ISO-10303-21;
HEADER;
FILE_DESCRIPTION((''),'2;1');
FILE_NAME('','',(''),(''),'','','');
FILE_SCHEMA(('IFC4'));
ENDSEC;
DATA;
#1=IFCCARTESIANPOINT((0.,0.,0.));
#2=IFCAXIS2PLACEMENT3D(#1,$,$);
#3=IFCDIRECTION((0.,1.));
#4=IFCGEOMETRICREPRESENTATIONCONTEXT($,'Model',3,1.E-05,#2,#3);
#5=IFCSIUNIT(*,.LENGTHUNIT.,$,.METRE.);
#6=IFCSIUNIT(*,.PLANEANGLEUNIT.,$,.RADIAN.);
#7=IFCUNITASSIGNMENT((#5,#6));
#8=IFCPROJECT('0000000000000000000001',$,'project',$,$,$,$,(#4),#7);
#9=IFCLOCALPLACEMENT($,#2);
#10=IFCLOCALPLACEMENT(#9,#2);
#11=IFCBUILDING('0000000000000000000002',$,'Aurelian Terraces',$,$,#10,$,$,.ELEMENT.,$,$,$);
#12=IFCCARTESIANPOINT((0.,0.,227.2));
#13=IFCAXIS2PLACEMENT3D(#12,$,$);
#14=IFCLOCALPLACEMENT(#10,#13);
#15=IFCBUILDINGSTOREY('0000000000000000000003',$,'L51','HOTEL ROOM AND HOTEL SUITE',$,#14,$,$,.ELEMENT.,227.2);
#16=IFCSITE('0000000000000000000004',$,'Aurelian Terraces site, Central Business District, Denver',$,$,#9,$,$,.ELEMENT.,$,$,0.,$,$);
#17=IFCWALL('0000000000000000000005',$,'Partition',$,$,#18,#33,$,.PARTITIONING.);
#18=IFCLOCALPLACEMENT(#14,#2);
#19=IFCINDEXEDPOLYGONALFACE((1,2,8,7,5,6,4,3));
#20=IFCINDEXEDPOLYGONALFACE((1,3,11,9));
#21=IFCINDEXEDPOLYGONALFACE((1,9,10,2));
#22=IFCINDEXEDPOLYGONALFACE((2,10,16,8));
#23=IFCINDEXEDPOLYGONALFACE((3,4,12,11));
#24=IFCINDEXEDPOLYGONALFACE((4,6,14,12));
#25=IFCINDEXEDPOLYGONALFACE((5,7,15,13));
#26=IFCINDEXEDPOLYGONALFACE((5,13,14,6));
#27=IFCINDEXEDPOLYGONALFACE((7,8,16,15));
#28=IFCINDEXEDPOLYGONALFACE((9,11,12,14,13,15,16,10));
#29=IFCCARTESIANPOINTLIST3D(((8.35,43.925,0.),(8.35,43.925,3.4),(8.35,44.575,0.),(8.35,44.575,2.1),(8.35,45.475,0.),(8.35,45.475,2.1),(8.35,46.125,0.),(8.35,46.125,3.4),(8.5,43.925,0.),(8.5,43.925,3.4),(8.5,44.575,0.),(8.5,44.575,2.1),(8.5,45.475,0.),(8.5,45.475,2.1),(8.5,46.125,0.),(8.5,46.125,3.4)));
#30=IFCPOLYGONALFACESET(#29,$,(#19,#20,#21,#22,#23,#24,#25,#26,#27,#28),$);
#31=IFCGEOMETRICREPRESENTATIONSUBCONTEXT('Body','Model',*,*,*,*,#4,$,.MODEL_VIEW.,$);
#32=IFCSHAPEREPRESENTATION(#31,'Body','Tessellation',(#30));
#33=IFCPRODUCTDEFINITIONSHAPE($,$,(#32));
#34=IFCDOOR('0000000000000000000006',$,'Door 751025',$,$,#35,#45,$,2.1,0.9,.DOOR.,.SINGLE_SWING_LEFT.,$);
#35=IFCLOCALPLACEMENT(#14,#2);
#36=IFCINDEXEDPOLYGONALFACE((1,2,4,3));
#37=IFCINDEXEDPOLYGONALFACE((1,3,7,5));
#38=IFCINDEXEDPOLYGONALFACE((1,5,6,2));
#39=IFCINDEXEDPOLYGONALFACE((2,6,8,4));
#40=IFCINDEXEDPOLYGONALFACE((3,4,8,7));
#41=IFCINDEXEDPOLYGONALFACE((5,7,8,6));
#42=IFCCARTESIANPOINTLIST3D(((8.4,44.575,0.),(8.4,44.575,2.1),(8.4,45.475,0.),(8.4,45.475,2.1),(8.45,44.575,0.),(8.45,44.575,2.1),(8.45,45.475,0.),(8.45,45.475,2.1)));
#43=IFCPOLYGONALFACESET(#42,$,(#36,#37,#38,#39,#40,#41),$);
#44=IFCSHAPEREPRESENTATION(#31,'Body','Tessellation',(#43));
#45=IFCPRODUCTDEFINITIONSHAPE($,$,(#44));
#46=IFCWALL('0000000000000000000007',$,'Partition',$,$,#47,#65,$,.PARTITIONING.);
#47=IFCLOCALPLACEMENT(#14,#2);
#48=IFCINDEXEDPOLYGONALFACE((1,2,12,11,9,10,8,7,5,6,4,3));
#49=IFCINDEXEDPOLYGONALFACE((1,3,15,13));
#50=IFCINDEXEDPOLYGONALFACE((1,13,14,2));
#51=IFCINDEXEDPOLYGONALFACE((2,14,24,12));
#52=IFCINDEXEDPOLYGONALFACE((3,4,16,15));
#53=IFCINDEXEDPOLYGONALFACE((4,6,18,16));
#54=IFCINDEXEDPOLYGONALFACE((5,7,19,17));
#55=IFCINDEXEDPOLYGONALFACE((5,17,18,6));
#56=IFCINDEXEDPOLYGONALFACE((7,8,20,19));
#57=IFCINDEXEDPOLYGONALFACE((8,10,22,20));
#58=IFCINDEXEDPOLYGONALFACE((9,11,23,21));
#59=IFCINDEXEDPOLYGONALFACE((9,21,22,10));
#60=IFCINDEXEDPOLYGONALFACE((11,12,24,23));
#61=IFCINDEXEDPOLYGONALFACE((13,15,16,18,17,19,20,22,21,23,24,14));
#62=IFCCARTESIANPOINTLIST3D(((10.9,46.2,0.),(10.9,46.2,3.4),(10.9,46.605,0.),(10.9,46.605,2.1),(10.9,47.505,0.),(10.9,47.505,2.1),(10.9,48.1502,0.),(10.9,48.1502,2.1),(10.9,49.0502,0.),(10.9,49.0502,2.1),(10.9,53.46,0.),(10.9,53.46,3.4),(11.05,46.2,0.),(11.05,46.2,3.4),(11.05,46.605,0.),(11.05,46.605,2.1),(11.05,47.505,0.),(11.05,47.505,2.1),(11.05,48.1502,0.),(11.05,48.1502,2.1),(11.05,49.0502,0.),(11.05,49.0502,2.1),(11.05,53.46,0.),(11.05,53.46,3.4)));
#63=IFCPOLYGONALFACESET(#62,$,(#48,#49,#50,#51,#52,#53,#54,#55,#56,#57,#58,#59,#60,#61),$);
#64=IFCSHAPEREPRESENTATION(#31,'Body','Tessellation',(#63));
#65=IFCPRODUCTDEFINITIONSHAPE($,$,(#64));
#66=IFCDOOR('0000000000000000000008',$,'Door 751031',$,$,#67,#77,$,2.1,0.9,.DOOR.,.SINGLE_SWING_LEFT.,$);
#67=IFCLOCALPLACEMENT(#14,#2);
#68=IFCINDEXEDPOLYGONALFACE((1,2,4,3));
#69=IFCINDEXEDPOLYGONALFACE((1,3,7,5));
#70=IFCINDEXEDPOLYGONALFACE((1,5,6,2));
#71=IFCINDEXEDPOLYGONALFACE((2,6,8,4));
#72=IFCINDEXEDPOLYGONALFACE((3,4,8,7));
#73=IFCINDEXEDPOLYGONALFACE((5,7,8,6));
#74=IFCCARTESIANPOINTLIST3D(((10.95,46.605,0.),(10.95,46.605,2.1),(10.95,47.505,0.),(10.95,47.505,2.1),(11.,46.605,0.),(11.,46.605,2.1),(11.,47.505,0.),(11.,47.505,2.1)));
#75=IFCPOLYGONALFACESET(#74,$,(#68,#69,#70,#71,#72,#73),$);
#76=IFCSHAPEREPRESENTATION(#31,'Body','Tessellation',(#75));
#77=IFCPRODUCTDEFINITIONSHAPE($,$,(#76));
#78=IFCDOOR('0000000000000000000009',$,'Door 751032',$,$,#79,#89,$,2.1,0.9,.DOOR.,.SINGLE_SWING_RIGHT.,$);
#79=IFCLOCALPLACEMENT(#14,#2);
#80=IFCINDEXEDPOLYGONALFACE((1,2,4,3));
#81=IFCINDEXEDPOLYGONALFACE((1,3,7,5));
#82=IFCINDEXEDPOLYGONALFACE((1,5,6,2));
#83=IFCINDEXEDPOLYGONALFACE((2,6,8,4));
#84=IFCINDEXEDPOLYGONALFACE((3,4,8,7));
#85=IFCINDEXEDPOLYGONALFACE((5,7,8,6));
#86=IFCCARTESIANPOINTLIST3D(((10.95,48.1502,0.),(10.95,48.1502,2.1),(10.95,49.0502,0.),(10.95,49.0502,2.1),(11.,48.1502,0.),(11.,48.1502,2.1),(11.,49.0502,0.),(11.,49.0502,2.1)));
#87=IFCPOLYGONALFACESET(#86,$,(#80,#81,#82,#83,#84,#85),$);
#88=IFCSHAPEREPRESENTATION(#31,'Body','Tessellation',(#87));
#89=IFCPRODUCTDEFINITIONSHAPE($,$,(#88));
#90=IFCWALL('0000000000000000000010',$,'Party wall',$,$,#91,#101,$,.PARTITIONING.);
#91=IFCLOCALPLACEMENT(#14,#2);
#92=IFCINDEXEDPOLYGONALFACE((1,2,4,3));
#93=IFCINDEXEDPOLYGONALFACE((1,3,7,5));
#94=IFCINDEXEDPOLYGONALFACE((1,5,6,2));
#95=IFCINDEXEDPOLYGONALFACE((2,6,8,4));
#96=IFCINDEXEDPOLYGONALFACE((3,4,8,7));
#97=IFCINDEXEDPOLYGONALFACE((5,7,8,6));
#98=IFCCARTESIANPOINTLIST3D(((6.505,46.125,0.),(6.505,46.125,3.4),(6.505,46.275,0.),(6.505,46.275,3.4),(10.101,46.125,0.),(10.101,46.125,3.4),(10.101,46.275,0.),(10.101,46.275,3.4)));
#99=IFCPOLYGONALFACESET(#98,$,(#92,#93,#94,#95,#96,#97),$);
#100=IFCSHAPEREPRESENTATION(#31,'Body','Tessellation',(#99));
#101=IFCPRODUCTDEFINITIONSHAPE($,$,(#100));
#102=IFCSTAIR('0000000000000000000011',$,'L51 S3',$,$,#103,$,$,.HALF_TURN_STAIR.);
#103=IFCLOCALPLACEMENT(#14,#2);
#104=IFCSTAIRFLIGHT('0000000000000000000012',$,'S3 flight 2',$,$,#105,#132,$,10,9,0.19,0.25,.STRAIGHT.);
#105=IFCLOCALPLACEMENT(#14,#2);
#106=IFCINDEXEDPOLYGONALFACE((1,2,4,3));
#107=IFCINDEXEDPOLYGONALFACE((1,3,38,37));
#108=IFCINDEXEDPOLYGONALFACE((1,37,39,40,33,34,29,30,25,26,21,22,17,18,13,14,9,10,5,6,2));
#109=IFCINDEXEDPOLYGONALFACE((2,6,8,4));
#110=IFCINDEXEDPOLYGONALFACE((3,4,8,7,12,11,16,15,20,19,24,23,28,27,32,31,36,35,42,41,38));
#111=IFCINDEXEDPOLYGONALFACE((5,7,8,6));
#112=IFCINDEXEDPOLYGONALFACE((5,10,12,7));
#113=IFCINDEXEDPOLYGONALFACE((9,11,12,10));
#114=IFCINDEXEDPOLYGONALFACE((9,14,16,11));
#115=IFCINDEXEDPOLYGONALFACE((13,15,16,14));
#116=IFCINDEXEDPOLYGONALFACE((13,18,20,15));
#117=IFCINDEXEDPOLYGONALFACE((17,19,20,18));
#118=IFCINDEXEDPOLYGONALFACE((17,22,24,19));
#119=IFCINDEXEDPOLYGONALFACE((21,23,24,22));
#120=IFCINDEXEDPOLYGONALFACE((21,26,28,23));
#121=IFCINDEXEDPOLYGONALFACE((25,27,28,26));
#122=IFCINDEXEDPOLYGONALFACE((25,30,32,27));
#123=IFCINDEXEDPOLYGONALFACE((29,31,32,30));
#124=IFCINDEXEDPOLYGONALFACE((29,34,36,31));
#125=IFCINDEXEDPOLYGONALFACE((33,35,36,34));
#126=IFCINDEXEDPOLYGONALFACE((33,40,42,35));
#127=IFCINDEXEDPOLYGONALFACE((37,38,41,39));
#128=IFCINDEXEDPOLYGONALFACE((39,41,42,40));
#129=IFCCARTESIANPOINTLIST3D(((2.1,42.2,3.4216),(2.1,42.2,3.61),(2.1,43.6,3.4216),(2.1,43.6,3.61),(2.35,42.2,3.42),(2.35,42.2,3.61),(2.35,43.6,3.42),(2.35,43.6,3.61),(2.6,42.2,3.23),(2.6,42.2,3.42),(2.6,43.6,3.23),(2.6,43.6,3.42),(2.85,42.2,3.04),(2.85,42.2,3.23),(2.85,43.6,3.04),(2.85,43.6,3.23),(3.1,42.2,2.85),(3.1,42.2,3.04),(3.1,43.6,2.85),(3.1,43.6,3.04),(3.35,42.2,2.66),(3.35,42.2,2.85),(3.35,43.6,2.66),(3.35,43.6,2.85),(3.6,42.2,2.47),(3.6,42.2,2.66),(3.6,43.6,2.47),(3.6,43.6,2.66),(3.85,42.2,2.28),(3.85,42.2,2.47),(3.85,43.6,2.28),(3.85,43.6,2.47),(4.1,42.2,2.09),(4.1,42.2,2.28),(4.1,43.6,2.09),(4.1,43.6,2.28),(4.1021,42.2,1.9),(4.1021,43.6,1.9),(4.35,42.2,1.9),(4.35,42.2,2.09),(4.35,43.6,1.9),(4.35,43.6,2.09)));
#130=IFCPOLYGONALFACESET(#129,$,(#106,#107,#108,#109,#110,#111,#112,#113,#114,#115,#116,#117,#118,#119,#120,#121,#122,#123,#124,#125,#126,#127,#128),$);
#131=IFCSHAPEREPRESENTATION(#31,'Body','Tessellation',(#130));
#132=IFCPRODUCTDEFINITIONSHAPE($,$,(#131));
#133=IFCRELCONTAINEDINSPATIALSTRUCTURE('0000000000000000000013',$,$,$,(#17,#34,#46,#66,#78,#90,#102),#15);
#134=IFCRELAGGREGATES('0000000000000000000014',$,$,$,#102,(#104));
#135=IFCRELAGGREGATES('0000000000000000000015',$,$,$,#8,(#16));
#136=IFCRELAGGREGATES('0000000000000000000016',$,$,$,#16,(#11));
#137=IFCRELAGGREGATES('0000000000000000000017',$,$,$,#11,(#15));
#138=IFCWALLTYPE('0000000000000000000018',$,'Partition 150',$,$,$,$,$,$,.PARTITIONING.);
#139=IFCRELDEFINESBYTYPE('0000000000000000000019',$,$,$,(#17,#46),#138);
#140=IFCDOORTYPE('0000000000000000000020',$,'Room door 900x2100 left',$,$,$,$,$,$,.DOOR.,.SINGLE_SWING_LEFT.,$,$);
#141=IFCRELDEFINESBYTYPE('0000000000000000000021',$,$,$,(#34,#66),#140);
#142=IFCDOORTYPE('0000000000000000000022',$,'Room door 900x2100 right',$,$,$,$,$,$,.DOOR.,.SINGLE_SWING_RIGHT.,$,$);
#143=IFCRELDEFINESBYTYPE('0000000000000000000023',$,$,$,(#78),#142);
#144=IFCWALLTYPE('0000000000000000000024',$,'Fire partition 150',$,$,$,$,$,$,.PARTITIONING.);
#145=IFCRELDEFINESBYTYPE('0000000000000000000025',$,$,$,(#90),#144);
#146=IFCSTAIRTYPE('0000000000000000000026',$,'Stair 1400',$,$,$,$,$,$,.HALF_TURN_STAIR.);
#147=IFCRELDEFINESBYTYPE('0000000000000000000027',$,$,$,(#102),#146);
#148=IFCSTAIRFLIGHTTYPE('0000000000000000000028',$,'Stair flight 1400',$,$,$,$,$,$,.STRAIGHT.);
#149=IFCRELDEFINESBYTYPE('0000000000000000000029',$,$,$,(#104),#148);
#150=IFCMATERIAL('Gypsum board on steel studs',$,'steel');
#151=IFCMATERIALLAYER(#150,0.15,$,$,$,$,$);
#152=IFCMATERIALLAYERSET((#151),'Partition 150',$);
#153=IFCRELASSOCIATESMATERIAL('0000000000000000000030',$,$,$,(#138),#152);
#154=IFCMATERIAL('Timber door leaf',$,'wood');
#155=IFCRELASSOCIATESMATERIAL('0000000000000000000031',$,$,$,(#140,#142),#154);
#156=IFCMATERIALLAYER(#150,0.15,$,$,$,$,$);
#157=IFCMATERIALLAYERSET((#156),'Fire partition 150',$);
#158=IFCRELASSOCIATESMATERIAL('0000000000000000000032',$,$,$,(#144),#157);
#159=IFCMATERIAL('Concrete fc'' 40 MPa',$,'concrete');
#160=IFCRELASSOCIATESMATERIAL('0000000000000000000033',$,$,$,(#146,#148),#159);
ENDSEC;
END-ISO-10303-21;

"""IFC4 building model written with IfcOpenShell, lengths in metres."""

from ifc_helpers import new_model, si_unit, direction, frame, frame_2d, origin, place, context, subcontext, project, spatial, polyline, rectangle, outline, extrude, source, transform, mapped, material, layer, layer_set, type_object, element, fill, aggregate, save


model = new_model("IFC4")

# Units and contexts
model_context = context("Model", 3, precision=1e-05, world=origin(), true_north=direction((0.0, 1.0)))
body_context = subcontext(model_context, "Body", "Model", "MODEL_VIEW")
ifc_project = project(units=[si_unit("LENGTHUNIT", "METRE"), si_unit("PLANEANGLEUNIT", "RADIAN")], contexts=[model_context])

# Site, building, storey
site_placement = place(None, origin())
site = spatial("IfcSite", under=ifc_project, at=site_placement, Name="Aurelian Terraces site, Central Business District, Denver", CompositionType="ELEMENT", RefElevation=0.0)
building_placement = place(site_placement, origin())
building = spatial("IfcBuilding", under=site, at=building_placement, Name="Aurelian Terraces", CompositionType="ELEMENT")
storey_placement = place(building_placement, frame((0.0, 0.0, 227.2)))
storey = spatial("IfcBuildingStorey", under=building, at=storey_placement, Name="L51", Description="HOTEL ROOM AND HOTEL SUITE", CompositionType="ELEMENT", Elevation=227.2)

# Shared definitions
ifc_material_1 = material(Name="Concrete fc' 40 MPa", Category="concrete")

# Shared definitions
ifc_material_2 = material(Name="Gypsum board on steel studs", Category="steel")
ifc_layer_1 = layer(ifc_material_2, 0.15)
ifc_layer_set_1 = layer_set([ifc_layer_1], Name="Partition 150")
wall_type_1 = type_object("IfcWallType", Name="Partition 150", PredefinedType="PARTITIONING", material=ifc_layer_set_1)

# Wall, opening, door
shared_shape_1 = source(origin(), body_context, "Body", "SweptSolid", [
    extrude(rectangle(XDim=2.2, YDim=0.15, at=frame_2d((1.1, 0.0))), origin(), (0.0, 0.0, 1.0), 3.4),
])
wall_1_placement = place(storey_placement, frame((8.425, 43.925, 0.0), z_axis=(0.0, 0.0, 1.0), x_axis=(0.0, 1.0, 0.0)))
wall_1 = element("IfcWall", 1, at=wall_1_placement, inside=storey, type_object=wall_type_1, Name="Partition", PredefinedType="PARTITIONING", context=body_context, shape_type="MappedRepresentation", body=[
    mapped(shared_shape_1, transform((0.0, 0.0, 0.0), scale=1.0)),
])
shared_shape_2 = source(origin(), body_context, "Body", "SweptSolid", [
    extrude(rectangle(XDim=0.9, YDim=2.1, at=frame_2d((0.45, 1.05))), frame((0.0, 0.085, 0.0), z_axis=(0.0, -1.0, 0.0), x_axis=(1.0, 0.0, 0.0)), (0.0, 0.0, 1.0), 0.17),
])
opening_1_placement = place(wall_1_placement, frame((0.65, 0.0, 0.0)))
opening_1 = element("IfcOpeningElement", 2, at=opening_1_placement, cuts=wall_1, PredefinedType="OPENING", context=body_context, shape_type="MappedRepresentation", body=[
    mapped(shared_shape_2, transform((0.0, 0.0, 0.0), scale=1.0)),
])
ifc_material_3 = material(Name="Timber door leaf", Category="wood")
door_type_1 = type_object("IfcDoorType", Name="Room door 900x2100 left", OperationType="SINGLE_SWING_LEFT", PredefinedType="DOOR", material=ifc_material_3)
shared_shape_3 = source(origin(), body_context, "Body", "SweptSolid", [
    extrude(rectangle(XDim=0.9, YDim=2.1, at=frame_2d((0.45, 1.05))), frame((0.0, 0.025, 0.0), z_axis=(0.0, -1.0, 0.0), x_axis=(1.0, 0.0, 0.0)), (0.0, 0.0, 1.0), 0.05),
])
door_1_placement = place(opening_1_placement, origin())
door_1 = element("IfcDoor", 3, at=door_1_placement, inside=storey, type_object=door_type_1, Name="Door 751025", OperationType="SINGLE_SWING_LEFT", OverallHeight=2.1, OverallWidth=0.9, PredefinedType="DOOR", context=body_context, shape_type="MappedRepresentation", body=[
    mapped(shared_shape_3, transform((0.0, 0.0, 0.0), scale=1.0)),
])
fill(opening_1, door_1)

# Wall, openings, doors
shared_shape_4 = source(origin(), body_context, "Body", "SweptSolid", [
    extrude(rectangle(XDim=7.26, YDim=0.15, at=frame_2d((3.63, 0.0))), origin(), (0.0, 0.0, 1.0), 3.4),
])
wall_2_placement = place(storey_placement, frame((10.975, 46.2, 0.0), z_axis=(0.0, 0.0, 1.0), x_axis=(0.0, 1.0, 0.0)))
wall_2 = element("IfcWall", 4, at=wall_2_placement, inside=storey, type_object=wall_type_1, Name="Partition", PredefinedType="PARTITIONING", context=body_context, shape_type="MappedRepresentation", body=[
    mapped(shared_shape_4, transform((0.0, 0.0, 0.0), scale=1.0)),
])
opening_2_placement = place(wall_2_placement, frame((0.405, 0.0, 0.0)))
opening_2 = element("IfcOpeningElement", 5, at=opening_2_placement, cuts=wall_2, PredefinedType="OPENING", context=body_context, shape_type="MappedRepresentation", body=[
    mapped(shared_shape_2, transform((0.0, 0.0, 0.0), scale=1.0)),
])
opening_3_placement = place(wall_2_placement, frame((1.9502, 0.0, 0.0)))
opening_3 = element("IfcOpeningElement", 6, at=opening_3_placement, cuts=wall_2, PredefinedType="OPENING", context=body_context, shape_type="MappedRepresentation", body=[
    mapped(shared_shape_2, transform((0.0, 0.0, 0.0), scale=1.0)),
])
door_2_placement = place(opening_2_placement, origin())
door_2 = element("IfcDoor", 7, at=door_2_placement, inside=storey, type_object=door_type_1, Name="Door 751031", OperationType="SINGLE_SWING_LEFT", OverallHeight=2.1, OverallWidth=0.9, PredefinedType="DOOR", context=body_context, shape_type="MappedRepresentation", body=[
    mapped(shared_shape_3, transform((0.0, 0.0, 0.0), scale=1.0)),
])
fill(opening_2, door_2)
door_type_2 = type_object("IfcDoorType", Name="Room door 900x2100 right", OperationType="SINGLE_SWING_RIGHT", PredefinedType="DOOR", material=ifc_material_3)
door_3_placement = place(opening_3_placement, origin())
door_3 = element("IfcDoor", 8, at=door_3_placement, inside=storey, type_object=door_type_2, Name="Door 751032", OperationType="SINGLE_SWING_RIGHT", OverallHeight=2.1, OverallWidth=0.9, PredefinedType="DOOR", context=body_context, shape_type="MappedRepresentation", body=[
    mapped(shared_shape_3, transform((0.0, 0.0, 0.0), scale=1.0)),
])
fill(opening_3, door_3)

# Wall
ifc_layer_2 = layer(ifc_material_2, 0.15)
ifc_layer_set_2 = layer_set([ifc_layer_2], Name="Fire partition 150")
wall_type_2 = type_object("IfcWallType", Name="Fire partition 150", PredefinedType="PARTITIONING", material=ifc_layer_set_2)
shared_shape_5 = source(origin(), body_context, "Body", "SweptSolid", [
    extrude(rectangle(XDim=3.596, YDim=0.15, at=frame_2d((1.798, 0.0))), origin(), (0.0, 0.0, 1.0), 3.4),
])
wall_3_placement = place(storey_placement, frame((10.101, 46.2, 0.0), z_axis=(0.0, 0.0, 1.0), x_axis=(-1.0, 0.0, 0.0)))
element("IfcWall", 9, at=wall_3_placement, inside=storey, type_object=wall_type_2, Name="Party wall", PredefinedType="PARTITIONING", context=body_context, shape_type="MappedRepresentation", body=[
    mapped(shared_shape_5, transform((0.0, 0.0, 0.0), scale=1.0)),
])

# Stair, stair flight
stair_type = type_object("IfcStairType", Name="Stair 1400", PredefinedType="HALF_TURN_STAIR", material=ifc_material_1)
stair_placement = place(storey_placement, origin())
stair = element("IfcStair", 10, at=stair_placement, inside=storey, type_object=stair_type, Name="L51 S3", PredefinedType="HALF_TURN_STAIR")
stair_flight_type = type_object("IfcStairFlightType", Name="Stair flight 1400", PredefinedType="STRAIGHT", material=ifc_material_1)
shared_shape_6 = source(origin(), body_context, "Body", "SweptSolid", [
    extrude(outline(polyline([(0.0, 0.0), (0.0, 0.19), (0.25, 0.19), (0.25, 0.38), (0.5, 0.38), (0.5, 0.57), (0.75, 0.57), (0.75, 0.76), (1.0, 0.76), (1.0, 0.95), (1.25, 0.95), (1.25, 1.14), (1.5, 1.14), (1.5, 1.33), (1.75, 1.33), (1.75, 1.52), (2.0, 1.52), (2.0, 1.71), (2.25, 1.71), (2.25, 1.9), (2.25, 1.5216), (0.2479, 0.0), (0.0, 0.0)])), frame((0.0, 0.7, 0.0), z_axis=(0.0, -1.0, 0.0), x_axis=(1.0, 0.0, 0.0)), (0.0, 0.0, 1.0), 1.4),
])
stair_flight_placement = place(storey_placement, frame((4.35, 42.9, 1.9), z_axis=(0.0, 0.0, 1.0), x_axis=(-1.0, 0.0, 0.0)))
stair_flight = element("IfcStairFlight", 11, at=stair_flight_placement, type_object=stair_flight_type, Name="S3 flight 2", NumberOfRisers=10, NumberOfTreads=9, PredefinedType="STRAIGHT", RiserHeight=0.19, TreadLength=0.25, context=body_context, shape_type="MappedRepresentation", body=[
    mapped(shared_shape_6, transform((0.0, 0.0, 0.0), scale=1.0)),
])
aggregate(stair, [stair_flight])

save(model, "model.ifc")
